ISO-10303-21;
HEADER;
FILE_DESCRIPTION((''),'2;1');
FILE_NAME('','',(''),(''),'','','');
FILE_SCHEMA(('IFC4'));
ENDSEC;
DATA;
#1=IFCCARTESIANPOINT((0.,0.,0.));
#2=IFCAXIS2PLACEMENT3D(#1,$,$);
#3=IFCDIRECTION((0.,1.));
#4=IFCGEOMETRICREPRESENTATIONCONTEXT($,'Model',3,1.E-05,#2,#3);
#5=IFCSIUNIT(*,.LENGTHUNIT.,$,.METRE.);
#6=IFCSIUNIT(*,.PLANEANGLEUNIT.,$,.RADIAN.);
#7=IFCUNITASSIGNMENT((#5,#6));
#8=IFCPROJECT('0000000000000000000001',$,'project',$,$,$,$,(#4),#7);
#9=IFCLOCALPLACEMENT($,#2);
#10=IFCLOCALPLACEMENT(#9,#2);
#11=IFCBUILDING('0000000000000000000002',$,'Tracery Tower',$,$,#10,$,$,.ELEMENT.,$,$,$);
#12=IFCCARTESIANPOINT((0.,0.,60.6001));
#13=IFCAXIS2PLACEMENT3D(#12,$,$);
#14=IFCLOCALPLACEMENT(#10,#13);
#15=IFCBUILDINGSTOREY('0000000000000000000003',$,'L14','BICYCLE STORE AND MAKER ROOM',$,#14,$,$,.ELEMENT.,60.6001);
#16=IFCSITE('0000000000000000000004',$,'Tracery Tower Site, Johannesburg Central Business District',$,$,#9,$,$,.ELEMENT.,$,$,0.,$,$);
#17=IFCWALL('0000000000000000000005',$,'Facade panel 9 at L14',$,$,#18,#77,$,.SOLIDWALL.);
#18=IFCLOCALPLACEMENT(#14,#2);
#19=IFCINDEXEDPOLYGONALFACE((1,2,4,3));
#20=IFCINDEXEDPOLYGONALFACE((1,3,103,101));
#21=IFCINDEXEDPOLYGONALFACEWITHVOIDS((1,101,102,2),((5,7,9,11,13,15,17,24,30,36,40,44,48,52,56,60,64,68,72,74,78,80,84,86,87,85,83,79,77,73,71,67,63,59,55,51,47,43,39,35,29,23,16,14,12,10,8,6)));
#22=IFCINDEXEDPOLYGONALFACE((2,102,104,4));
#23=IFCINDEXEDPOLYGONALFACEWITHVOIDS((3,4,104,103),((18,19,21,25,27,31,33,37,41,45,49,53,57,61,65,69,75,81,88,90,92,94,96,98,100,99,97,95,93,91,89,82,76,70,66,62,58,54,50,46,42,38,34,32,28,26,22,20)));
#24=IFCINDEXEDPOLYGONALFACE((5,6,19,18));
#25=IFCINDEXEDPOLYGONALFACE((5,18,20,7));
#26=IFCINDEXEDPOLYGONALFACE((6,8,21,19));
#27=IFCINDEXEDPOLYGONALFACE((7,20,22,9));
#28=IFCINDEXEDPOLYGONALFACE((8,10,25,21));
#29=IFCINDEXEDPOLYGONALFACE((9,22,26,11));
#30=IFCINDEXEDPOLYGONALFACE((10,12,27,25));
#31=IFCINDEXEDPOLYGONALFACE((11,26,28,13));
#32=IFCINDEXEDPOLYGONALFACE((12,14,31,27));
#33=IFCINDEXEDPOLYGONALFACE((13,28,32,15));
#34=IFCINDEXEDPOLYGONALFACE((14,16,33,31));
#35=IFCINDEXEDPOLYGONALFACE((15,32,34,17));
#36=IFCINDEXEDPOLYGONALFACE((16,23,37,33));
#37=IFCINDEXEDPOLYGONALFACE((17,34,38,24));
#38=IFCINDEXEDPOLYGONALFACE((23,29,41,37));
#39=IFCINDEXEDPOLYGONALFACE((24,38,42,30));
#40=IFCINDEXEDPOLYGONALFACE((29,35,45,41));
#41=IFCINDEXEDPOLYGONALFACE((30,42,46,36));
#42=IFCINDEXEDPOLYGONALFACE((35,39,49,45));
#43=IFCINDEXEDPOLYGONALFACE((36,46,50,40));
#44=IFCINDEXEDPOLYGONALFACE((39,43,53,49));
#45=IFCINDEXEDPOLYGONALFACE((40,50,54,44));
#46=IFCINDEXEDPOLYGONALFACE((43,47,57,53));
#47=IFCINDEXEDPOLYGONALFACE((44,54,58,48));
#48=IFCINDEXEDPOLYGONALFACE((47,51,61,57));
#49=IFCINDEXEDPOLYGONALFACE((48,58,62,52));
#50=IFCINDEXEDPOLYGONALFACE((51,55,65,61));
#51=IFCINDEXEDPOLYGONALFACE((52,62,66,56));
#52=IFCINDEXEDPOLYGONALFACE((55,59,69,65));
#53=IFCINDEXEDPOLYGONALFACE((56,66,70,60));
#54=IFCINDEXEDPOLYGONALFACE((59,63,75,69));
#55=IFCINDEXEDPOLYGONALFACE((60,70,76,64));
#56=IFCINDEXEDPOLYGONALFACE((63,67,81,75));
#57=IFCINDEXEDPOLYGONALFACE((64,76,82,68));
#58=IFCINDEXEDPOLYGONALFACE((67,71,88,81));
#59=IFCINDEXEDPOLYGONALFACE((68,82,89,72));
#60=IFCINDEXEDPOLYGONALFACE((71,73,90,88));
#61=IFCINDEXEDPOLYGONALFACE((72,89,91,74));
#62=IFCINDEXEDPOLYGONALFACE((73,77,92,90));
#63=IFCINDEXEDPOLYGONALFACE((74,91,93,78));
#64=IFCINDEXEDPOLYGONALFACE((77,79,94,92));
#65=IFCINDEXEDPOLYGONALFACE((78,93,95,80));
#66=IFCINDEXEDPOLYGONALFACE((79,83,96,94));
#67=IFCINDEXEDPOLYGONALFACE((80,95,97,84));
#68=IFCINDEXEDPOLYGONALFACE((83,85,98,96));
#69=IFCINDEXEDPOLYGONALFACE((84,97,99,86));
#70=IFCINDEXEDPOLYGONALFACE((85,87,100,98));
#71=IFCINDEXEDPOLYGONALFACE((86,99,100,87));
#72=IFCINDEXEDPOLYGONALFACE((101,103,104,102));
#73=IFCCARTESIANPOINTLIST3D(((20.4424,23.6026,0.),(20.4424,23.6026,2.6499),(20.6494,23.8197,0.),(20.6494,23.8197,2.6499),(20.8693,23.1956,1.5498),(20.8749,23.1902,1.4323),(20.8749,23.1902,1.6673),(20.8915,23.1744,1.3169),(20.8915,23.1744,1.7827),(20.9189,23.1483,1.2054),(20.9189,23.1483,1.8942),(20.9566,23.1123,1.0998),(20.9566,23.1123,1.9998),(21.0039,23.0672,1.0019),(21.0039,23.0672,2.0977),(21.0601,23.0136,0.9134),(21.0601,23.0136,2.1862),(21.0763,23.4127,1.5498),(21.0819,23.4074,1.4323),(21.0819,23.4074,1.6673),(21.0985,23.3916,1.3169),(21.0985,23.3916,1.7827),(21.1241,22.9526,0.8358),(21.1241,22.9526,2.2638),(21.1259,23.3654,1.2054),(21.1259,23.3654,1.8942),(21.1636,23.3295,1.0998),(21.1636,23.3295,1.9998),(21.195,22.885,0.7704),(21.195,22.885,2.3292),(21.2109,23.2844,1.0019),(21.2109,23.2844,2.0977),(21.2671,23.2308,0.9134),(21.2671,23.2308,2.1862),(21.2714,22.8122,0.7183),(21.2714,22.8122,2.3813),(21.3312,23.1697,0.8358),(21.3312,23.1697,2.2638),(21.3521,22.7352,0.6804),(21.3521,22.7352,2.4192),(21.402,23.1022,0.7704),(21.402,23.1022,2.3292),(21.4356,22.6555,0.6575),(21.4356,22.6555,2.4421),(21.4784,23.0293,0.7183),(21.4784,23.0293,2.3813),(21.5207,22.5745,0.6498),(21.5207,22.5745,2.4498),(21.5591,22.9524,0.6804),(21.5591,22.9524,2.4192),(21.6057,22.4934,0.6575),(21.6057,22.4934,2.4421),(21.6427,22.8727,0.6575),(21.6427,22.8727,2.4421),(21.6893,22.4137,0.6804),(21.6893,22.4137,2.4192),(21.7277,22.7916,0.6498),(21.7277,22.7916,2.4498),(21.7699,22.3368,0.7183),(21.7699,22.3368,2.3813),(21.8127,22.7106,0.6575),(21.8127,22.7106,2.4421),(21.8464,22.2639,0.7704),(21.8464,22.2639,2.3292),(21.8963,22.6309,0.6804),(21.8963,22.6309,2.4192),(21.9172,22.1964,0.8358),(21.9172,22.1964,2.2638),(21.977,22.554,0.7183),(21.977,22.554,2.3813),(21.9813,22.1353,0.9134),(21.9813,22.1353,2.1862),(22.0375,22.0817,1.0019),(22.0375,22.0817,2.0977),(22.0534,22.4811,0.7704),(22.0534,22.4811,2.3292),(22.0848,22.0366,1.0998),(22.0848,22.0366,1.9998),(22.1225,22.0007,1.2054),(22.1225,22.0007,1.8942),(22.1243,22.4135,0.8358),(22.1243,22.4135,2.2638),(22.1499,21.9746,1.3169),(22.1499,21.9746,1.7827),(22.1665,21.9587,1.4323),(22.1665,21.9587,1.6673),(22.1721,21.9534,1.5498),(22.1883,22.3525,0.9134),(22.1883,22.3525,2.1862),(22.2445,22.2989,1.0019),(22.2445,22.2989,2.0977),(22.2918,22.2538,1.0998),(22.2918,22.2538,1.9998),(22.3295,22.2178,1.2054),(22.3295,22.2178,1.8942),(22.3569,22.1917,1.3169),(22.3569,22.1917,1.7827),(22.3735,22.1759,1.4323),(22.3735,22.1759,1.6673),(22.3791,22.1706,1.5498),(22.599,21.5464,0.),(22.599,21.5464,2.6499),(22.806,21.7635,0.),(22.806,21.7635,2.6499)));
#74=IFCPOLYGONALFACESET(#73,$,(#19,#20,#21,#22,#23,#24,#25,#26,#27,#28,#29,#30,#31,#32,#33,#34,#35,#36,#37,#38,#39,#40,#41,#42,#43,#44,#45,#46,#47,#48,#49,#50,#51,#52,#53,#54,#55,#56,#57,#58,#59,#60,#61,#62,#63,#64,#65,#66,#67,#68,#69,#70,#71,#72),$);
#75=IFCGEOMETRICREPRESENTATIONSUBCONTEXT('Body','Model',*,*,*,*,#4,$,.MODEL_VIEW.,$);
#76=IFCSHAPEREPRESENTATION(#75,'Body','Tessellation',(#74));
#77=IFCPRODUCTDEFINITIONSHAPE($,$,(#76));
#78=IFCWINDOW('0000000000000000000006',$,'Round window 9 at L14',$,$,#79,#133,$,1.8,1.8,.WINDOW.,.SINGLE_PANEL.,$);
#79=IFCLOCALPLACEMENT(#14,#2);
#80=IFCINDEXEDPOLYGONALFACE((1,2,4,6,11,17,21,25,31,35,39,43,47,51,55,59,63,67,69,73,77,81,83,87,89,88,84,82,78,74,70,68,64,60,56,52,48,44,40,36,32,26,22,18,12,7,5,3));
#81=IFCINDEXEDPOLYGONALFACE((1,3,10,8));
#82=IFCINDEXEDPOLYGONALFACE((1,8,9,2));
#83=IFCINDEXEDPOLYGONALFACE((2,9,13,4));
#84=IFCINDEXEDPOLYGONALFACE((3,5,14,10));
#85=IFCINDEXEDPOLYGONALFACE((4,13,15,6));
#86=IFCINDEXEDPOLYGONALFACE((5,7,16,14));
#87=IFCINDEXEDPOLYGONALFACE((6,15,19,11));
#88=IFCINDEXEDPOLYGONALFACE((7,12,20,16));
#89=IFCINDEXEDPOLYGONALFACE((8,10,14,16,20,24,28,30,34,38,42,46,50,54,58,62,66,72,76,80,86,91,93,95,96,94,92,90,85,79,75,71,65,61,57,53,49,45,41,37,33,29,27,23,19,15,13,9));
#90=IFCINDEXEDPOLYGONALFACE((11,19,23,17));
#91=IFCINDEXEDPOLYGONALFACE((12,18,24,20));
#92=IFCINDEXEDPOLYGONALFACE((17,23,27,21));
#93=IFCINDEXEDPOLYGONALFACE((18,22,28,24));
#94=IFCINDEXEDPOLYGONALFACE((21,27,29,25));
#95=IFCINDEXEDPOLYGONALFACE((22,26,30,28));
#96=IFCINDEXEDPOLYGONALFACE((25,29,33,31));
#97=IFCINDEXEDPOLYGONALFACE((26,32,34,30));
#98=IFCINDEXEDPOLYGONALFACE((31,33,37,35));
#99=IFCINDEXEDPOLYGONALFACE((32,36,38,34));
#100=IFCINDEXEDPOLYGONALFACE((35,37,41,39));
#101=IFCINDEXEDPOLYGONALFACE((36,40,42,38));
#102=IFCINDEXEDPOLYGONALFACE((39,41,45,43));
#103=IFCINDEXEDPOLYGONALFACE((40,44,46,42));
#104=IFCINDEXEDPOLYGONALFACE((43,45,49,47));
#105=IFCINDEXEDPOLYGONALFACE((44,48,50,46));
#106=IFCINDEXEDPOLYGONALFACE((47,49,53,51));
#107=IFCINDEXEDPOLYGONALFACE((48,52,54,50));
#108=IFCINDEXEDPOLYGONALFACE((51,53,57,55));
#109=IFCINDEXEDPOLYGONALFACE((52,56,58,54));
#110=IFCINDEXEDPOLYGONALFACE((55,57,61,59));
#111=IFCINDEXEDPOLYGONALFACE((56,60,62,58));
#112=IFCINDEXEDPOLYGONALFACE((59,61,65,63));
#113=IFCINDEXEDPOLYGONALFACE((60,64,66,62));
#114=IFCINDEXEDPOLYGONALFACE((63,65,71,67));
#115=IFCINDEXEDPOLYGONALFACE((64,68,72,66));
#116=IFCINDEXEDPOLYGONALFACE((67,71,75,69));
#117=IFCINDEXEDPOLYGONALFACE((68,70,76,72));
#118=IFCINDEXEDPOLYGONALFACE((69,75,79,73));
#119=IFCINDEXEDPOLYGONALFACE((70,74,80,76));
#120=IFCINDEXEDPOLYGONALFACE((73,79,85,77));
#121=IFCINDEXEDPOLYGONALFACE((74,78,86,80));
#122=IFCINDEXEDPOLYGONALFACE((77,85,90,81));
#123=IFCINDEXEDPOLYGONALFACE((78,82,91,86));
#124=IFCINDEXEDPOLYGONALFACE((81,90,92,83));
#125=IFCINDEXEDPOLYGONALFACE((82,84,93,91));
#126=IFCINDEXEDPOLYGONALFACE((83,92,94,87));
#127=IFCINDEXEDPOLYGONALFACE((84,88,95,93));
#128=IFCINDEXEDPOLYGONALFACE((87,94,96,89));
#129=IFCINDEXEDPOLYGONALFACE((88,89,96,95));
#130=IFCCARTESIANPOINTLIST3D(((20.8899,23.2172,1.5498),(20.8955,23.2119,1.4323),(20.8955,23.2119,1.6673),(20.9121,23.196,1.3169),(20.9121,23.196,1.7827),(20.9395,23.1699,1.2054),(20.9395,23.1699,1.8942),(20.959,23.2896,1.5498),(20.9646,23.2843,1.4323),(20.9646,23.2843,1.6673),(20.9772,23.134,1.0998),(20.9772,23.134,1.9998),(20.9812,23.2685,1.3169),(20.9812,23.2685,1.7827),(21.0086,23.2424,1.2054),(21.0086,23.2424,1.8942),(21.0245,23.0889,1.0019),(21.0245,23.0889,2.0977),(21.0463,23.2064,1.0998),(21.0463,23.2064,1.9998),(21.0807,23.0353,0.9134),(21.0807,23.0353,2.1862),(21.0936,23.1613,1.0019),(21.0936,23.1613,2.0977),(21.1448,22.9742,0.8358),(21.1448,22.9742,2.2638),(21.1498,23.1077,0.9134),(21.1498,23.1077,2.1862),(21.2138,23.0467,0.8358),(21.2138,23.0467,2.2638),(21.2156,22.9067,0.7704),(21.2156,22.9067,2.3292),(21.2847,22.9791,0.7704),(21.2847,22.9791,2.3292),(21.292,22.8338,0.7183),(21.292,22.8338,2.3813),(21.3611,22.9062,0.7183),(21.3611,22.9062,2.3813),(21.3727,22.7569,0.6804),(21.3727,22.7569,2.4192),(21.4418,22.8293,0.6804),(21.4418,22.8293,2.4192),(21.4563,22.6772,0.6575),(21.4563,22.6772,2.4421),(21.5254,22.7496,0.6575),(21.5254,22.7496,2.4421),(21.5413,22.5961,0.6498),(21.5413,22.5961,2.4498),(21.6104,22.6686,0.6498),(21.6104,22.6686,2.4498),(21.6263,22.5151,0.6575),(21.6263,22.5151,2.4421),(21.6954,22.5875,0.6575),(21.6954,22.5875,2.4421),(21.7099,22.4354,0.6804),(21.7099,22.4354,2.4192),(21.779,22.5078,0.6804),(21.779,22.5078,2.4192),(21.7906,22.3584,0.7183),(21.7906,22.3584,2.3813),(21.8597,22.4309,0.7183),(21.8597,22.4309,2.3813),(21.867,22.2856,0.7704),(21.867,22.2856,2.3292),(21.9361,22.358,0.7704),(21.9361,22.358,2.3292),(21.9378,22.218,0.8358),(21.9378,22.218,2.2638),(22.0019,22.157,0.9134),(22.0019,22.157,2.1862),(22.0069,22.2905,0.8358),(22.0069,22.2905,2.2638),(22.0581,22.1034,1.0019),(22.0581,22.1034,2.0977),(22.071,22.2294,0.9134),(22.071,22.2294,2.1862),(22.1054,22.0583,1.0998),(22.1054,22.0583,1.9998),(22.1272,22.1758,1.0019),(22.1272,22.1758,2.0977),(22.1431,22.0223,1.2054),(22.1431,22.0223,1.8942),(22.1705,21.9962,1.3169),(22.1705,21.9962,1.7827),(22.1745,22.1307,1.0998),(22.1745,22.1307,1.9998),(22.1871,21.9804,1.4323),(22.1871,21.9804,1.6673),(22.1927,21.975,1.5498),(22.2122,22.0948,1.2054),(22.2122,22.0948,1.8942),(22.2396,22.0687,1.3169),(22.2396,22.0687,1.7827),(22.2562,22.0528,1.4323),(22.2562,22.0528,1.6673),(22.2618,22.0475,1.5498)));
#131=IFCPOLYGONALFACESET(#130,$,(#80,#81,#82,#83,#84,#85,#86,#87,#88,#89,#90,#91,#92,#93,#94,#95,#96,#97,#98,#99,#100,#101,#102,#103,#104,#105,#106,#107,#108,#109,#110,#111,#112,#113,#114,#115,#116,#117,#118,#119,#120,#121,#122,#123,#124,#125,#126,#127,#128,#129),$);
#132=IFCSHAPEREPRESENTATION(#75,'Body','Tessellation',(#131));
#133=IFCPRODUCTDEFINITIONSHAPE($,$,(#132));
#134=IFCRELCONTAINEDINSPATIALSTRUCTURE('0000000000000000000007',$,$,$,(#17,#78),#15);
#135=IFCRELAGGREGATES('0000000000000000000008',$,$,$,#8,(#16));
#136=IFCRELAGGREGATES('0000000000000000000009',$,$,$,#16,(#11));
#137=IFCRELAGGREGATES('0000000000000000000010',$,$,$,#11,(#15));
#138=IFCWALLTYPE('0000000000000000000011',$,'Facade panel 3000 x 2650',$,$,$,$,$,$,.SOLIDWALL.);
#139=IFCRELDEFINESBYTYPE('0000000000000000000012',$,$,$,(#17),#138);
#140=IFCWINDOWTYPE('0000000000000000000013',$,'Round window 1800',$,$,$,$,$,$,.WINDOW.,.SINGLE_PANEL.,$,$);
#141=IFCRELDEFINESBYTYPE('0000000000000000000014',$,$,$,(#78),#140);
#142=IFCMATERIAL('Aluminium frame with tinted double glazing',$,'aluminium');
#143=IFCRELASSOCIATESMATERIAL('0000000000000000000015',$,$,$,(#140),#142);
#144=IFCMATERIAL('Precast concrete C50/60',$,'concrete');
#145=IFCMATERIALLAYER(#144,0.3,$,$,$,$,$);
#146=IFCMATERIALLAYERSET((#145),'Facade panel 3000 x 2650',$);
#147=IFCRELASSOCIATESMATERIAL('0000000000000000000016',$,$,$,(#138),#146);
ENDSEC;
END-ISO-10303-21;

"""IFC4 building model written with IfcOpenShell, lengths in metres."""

from ifc_helpers import new_model, si_unit, direction, frame, frame_2d, origin, origin_2d, place, context, subcontext, project, spatial, rectangle, circle, extrude, material, layer, layer_set, type_object, element, fill, save


model = new_model("IFC4")

# Units and contexts
model_context = context("Model", 3, precision=1e-05, world=origin(), true_north=direction((0.0, 1.0)))
body_context = subcontext(model_context, "Body", "Model", "MODEL_VIEW")
ifc_project = project(units=[si_unit("LENGTHUNIT", "METRE"), si_unit("PLANEANGLEUNIT", "RADIAN")], contexts=[model_context])

# Site, building, storey
site_placement = place(None, origin())
site = spatial("IfcSite", under=ifc_project, at=site_placement, Name="Tracery Tower Site, Johannesburg Central Business District", CompositionType="ELEMENT", RefElevation=0.0)
building_placement = place(site_placement, origin())
building = spatial("IfcBuilding", under=site, at=building_placement, Name="Tracery Tower", CompositionType="ELEMENT")
storey_placement = place(building_placement, frame((0.0, 0.0, 60.6001)))
storey = spatial("IfcBuildingStorey", under=building, at=storey_placement, Name="L14", Description="BICYCLE STORE AND MAKER ROOM", CompositionType="ELEMENT", Elevation=60.6001)

# Wall, opening, window
ifc_material_1 = material(Name="Aluminium frame with tinted double glazing", Category="aluminium")
window_type = type_object("IfcWindowType", Name="Round window 1800", PartitioningType="SINGLE_PANEL", PredefinedType="WINDOW", material=ifc_material_1)
ifc_material_2 = material(Name="Precast concrete C50/60", Category="concrete")
ifc_layer_1 = layer(ifc_material_2, 0.3)
ifc_layer_set_1 = layer_set([ifc_layer_1], Name="Facade panel 3000 x 2650")
wall_type_1 = type_object("IfcWallType", Name="Facade panel 3000 x 2650", PredefinedType="SOLIDWALL", material=ifc_layer_set_1)
wall_1_placement = place(storey_placement, frame((22.7024, 21.655, 0.0), z_axis=(0.0, 0.0, 1.0), x_axis=(-0.723744, 0.690068, 0.0)))
wall_1 = element("IfcWall", 1, at=wall_1_placement, inside=storey, type_object=wall_type_1, Name="Facade panel 9 at L14", PredefinedType="SOLIDWALL", context=body_context, shape_type="SweptSolid", body=[
    extrude(rectangle(XDim=2.9797, YDim=0.3, at=frame_2d((1.4897, 0.0))), origin(), (0.0, 0.0, 1.0), 2.6499),
])
opening_1_placement = place(wall_1_placement, frame((1.4897, 0.0, 1.5498)))
opening_1 = element("IfcOpeningElement", 2, at=opening_1_placement, cuts=wall_1, PredefinedType="OPENING", context=body_context, shape_type="SweptSolid", body=[
    extrude(circle(Radius=0.9, at=origin_2d()), frame((0.0, 0.1599, 0.0), z_axis=(0.0, -1.0, 0.0), x_axis=(1.0, 0.0, 0.0)), (0.0, 0.0, 1.0), 0.3201),
])
window_1_placement = place(opening_1_placement, origin())
window_1 = element("IfcWindow", 3, at=window_1_placement, inside=storey, type_object=window_type, Name="Round window 9 at L14", OverallHeight=1.8, OverallWidth=1.8, PartitioningType="SINGLE_PANEL", PredefinedType="WINDOW", context=body_context, shape_type="SweptSolid", body=[
    extrude(circle(Radius=0.9, at=origin_2d()), frame((0.0, 0.1201, 0.0), z_axis=(0.0, -1.0, 0.0), x_axis=(1.0, 0.0, 0.0)), (0.0, 0.0, 1.0), 0.1001),
])
fill(opening_1, window_1)

save(model, "model.ifc")
